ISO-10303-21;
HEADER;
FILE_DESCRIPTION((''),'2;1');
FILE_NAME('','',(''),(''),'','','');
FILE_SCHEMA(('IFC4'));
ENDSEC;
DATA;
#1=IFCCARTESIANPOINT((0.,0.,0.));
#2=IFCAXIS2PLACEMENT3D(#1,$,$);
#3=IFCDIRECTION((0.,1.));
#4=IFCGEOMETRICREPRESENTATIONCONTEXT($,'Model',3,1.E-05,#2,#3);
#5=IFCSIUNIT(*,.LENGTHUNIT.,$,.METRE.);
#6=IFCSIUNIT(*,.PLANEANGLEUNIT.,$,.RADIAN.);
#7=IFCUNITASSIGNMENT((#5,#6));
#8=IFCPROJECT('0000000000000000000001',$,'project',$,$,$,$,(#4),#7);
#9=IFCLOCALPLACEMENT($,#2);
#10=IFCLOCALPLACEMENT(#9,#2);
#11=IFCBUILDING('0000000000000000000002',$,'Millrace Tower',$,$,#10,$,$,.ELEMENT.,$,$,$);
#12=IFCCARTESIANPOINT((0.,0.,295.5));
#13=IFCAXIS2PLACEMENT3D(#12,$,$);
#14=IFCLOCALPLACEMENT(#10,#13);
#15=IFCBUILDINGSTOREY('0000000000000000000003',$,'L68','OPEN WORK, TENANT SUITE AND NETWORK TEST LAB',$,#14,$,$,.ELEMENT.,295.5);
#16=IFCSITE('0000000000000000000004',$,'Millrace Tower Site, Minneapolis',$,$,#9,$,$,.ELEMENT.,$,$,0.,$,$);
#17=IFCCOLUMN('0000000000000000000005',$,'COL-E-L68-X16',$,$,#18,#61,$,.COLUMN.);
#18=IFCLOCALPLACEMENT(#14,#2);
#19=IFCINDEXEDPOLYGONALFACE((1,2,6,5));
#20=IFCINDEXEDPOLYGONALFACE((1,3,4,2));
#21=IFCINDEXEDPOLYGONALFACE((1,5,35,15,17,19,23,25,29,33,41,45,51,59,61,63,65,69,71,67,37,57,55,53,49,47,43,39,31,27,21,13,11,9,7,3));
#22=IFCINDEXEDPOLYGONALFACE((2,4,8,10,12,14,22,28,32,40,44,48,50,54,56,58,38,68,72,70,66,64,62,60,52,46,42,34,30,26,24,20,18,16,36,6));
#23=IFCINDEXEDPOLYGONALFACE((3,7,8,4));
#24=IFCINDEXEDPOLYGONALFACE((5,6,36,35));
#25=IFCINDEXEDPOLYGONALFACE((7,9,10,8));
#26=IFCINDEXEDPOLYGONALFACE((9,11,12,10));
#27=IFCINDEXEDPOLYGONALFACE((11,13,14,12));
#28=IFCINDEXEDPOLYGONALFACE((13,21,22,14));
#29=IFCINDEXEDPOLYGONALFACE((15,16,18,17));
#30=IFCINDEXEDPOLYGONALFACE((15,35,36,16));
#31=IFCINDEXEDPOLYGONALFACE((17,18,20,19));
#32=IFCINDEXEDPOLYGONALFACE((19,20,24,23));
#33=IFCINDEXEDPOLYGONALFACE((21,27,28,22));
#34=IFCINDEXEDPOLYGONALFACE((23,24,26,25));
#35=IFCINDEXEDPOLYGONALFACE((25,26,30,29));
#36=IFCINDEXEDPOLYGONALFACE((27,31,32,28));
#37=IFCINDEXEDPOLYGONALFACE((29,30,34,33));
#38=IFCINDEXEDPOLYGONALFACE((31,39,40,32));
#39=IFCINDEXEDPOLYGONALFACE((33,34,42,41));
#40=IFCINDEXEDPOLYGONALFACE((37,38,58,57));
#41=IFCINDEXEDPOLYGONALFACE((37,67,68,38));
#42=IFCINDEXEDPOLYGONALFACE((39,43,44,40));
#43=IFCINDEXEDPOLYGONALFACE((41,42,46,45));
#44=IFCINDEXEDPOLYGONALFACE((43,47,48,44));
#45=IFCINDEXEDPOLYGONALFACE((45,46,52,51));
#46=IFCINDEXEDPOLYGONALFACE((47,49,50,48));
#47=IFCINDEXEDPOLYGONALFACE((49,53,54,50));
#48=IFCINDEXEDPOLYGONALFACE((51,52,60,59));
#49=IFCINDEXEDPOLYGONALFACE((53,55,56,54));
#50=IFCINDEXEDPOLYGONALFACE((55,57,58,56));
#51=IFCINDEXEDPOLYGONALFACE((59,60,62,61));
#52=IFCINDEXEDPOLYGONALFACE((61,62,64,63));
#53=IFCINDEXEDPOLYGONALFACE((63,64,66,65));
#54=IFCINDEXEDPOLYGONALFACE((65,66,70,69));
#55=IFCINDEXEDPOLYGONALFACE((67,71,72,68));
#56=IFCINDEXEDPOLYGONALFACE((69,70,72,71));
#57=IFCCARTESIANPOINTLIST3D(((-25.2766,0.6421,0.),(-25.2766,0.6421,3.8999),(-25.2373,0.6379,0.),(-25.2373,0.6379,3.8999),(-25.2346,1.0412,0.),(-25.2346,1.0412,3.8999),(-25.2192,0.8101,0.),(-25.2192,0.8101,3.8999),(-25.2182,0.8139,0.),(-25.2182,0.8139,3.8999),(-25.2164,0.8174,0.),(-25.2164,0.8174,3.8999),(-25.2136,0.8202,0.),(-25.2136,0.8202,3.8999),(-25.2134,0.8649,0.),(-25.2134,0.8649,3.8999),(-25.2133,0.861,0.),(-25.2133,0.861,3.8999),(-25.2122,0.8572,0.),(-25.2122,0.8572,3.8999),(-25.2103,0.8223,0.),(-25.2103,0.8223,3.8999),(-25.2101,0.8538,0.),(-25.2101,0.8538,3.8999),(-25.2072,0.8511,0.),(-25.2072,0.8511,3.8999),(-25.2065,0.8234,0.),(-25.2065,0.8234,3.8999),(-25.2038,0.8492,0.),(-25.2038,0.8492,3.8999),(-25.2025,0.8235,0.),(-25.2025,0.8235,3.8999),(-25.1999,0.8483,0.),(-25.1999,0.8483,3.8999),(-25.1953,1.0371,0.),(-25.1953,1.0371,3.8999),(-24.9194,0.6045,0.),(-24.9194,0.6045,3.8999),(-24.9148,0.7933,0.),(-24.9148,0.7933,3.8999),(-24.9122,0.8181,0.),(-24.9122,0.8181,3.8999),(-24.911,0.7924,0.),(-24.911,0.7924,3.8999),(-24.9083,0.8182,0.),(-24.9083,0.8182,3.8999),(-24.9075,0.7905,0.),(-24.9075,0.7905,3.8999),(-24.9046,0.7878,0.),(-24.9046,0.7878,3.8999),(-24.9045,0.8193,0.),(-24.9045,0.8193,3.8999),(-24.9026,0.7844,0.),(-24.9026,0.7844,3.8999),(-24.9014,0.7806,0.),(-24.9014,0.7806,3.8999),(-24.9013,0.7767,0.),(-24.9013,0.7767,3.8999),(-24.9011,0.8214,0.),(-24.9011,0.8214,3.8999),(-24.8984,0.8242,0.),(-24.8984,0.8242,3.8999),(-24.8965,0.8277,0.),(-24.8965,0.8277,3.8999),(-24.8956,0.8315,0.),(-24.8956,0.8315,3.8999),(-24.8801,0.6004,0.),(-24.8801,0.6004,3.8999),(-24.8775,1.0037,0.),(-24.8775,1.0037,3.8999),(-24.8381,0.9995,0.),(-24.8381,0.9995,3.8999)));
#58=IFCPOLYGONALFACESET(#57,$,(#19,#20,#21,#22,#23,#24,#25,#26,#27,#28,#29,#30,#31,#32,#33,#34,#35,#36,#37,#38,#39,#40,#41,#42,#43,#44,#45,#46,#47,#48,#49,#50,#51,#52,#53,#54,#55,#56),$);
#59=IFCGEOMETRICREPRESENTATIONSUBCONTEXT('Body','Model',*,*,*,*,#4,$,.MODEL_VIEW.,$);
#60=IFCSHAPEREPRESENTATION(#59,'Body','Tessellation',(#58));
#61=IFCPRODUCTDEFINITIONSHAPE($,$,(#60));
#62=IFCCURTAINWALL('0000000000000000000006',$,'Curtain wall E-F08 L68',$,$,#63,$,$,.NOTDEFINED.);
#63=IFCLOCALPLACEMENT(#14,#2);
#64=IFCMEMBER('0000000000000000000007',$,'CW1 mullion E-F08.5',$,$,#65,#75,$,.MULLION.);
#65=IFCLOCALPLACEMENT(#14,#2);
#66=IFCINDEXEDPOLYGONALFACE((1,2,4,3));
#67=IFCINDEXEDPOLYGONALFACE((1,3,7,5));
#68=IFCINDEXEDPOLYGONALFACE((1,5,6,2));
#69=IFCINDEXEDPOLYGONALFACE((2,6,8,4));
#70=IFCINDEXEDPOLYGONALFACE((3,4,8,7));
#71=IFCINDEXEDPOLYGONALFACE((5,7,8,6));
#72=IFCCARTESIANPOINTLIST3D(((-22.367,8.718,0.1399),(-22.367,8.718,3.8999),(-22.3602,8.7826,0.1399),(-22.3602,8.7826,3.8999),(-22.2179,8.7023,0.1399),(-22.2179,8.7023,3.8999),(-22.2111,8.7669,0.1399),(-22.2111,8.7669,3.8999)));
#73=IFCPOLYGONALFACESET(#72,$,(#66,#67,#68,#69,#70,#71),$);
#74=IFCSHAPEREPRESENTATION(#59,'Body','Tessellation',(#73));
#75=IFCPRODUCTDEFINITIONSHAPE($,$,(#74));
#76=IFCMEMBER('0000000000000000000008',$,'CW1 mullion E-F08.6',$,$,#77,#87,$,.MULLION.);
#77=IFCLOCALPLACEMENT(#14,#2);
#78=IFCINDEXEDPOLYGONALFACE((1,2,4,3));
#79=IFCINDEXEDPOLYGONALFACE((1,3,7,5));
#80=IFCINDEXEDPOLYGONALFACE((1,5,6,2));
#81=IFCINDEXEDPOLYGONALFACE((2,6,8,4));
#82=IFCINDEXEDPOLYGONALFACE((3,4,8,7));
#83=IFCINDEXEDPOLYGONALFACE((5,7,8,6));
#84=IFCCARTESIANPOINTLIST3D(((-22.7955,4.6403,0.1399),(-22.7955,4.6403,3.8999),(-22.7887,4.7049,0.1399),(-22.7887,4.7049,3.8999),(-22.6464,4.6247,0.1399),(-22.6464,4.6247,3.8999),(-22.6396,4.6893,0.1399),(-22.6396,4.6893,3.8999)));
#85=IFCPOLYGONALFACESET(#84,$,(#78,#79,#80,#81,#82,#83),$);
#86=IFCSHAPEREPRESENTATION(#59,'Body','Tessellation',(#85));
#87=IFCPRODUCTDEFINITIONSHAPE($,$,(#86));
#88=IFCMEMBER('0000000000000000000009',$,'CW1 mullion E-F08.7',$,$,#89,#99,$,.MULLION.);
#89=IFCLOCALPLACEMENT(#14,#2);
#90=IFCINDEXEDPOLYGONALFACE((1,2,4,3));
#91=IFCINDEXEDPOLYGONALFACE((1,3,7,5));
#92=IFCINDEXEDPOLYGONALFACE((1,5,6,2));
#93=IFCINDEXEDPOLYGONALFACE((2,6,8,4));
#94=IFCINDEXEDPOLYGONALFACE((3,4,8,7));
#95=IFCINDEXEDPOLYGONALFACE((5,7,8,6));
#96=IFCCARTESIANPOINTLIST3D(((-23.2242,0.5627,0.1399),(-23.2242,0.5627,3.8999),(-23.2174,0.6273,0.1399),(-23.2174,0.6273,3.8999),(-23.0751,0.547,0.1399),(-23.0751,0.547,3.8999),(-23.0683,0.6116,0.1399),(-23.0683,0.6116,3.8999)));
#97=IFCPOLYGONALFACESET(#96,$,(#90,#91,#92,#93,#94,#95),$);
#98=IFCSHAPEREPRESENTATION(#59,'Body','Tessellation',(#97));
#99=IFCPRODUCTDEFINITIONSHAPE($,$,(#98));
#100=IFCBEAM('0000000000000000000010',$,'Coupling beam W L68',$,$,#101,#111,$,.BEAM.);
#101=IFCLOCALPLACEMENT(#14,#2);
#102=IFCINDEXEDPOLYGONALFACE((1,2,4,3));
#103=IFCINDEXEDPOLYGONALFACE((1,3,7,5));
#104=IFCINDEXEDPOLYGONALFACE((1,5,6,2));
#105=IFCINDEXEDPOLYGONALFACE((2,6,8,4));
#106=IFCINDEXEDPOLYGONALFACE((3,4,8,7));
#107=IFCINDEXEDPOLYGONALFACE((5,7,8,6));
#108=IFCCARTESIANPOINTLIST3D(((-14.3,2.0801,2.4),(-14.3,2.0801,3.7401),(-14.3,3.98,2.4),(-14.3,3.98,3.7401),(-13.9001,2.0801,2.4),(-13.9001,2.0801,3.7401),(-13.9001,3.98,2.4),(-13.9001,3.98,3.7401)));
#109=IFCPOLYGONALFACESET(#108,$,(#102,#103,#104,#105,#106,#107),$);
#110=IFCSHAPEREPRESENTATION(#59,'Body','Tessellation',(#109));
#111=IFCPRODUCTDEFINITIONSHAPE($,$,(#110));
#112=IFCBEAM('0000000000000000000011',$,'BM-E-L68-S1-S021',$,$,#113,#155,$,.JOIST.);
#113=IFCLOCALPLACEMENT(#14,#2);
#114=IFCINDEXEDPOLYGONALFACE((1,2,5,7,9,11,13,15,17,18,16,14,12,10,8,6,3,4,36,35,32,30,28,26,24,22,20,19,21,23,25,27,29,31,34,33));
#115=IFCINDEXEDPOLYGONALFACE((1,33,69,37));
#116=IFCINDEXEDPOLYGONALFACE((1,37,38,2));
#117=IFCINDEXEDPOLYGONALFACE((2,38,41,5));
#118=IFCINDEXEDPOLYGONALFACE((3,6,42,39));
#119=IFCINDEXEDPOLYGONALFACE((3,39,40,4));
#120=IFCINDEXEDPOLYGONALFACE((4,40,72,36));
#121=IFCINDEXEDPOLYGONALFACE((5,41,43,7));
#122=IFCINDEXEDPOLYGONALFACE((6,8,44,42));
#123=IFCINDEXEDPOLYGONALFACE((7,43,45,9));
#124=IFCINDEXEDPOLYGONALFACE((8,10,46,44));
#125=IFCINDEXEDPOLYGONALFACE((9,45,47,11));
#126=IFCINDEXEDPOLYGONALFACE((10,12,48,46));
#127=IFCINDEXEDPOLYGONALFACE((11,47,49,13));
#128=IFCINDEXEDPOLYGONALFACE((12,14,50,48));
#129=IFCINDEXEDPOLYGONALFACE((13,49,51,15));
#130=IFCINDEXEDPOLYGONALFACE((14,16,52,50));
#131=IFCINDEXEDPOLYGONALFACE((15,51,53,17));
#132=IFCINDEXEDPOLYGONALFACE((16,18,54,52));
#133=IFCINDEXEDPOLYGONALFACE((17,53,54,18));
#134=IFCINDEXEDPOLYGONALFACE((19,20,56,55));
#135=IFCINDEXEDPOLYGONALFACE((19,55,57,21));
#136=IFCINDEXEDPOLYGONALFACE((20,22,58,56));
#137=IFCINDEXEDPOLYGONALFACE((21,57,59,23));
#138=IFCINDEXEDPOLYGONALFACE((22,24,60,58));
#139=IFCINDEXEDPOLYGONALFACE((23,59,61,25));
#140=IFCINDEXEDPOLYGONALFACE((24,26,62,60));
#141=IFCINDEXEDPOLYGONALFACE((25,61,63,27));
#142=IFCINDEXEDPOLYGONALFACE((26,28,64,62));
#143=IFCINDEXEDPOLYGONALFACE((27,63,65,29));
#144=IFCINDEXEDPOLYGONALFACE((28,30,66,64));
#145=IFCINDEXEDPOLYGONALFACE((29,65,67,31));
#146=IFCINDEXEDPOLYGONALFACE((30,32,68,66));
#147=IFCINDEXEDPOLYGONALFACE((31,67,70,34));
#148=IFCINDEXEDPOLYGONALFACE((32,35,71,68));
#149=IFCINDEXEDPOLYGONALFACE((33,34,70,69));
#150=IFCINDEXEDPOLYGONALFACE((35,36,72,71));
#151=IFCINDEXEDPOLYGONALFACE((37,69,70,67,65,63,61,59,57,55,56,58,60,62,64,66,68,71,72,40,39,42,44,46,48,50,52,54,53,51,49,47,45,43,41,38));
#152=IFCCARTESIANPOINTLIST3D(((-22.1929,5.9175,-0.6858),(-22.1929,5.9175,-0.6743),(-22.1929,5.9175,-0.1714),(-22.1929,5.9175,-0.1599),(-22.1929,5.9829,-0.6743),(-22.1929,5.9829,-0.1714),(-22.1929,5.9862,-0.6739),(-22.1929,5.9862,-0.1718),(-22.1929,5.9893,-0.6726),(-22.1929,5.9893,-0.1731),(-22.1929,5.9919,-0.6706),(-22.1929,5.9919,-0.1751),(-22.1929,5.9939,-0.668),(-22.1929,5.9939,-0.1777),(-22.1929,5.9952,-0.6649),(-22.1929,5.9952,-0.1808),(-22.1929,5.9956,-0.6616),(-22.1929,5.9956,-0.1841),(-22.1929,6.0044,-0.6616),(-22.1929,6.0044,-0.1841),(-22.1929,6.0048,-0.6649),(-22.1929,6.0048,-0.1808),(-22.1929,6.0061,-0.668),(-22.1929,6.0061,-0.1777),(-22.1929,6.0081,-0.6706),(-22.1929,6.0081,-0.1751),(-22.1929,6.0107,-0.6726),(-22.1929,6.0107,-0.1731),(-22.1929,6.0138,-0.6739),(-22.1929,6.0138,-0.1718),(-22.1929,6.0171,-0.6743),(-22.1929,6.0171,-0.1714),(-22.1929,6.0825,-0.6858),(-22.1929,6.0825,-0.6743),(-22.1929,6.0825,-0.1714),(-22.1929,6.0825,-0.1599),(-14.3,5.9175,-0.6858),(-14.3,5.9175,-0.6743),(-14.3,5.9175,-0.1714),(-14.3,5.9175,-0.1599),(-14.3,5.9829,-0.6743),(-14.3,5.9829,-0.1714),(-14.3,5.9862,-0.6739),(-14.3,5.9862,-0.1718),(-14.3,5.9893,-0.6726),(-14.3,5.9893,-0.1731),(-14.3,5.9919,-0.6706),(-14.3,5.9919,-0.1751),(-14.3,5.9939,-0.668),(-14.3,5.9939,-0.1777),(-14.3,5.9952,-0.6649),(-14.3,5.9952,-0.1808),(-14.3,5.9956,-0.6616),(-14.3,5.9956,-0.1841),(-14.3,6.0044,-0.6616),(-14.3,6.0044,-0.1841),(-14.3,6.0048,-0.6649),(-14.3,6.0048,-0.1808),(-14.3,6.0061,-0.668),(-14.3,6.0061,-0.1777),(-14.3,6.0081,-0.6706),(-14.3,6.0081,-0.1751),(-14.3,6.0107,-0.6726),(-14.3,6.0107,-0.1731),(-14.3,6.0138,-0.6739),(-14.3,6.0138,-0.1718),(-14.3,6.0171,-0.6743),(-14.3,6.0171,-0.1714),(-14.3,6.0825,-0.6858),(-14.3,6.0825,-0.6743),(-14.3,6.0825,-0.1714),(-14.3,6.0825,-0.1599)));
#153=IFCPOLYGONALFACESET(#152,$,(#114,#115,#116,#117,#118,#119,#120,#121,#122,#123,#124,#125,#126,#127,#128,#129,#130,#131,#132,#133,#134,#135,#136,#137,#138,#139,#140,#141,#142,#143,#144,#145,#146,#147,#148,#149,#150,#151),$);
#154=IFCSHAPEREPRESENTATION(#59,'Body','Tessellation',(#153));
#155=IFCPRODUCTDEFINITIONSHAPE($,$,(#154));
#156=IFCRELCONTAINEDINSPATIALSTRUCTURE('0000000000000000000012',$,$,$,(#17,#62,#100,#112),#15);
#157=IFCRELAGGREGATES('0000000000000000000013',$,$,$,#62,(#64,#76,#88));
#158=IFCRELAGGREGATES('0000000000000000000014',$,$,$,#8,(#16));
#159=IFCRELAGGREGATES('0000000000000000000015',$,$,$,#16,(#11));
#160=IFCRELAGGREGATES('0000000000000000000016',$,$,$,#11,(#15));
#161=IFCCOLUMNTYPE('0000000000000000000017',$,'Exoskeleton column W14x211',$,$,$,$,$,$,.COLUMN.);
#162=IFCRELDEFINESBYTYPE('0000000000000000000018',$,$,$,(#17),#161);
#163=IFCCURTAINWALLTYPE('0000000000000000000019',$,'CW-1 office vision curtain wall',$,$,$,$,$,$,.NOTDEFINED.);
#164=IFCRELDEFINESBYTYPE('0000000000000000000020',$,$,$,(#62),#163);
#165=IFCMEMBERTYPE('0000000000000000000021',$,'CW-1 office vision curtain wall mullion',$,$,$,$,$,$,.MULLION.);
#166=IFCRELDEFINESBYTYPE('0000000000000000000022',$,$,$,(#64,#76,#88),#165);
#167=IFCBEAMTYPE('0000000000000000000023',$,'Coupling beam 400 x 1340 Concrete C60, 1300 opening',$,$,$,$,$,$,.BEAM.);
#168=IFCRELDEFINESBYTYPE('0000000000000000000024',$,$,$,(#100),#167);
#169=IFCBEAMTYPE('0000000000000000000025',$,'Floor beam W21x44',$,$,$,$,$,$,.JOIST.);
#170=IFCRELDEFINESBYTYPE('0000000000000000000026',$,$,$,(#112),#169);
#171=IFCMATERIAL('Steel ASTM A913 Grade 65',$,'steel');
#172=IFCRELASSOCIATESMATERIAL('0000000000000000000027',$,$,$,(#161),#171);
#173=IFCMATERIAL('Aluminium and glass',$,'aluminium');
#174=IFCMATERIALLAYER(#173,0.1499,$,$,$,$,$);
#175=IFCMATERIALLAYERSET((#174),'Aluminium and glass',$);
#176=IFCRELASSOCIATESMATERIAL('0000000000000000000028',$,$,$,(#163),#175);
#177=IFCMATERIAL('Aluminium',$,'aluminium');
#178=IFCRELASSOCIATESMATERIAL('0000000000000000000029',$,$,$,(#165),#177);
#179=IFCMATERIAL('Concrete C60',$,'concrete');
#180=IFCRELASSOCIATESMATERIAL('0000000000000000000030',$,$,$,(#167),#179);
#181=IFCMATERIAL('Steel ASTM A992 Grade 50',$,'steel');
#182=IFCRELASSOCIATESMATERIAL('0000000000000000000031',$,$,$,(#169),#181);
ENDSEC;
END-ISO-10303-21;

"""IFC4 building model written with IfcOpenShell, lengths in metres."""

from ifc_helpers import new_model, si_unit, direction, frame, origin, origin_2d, place, context, subcontext, project, spatial, rectangle, i_section, extrude, material, layer, layer_set, material_profile, profile_set, type_object, element, aggregate, save


model = new_model("IFC4")

# Units and contexts
model_context = context("Model", 3, precision=1e-05, world=origin(), true_north=direction((0.0, 1.0)))
body_context = subcontext(model_context, "Body", "Model", "MODEL_VIEW")
ifc_project = project(units=[si_unit("LENGTHUNIT", "METRE"), si_unit("PLANEANGLEUNIT", "RADIAN")], contexts=[model_context])

# Site, building, storey
site_placement = place(None, origin())
site = spatial("IfcSite", under=ifc_project, at=site_placement, Name="Millrace Tower Site, Minneapolis", CompositionType="ELEMENT", RefElevation=0.0)
building_placement = place(site_placement, origin())
building = spatial("IfcBuilding", under=site, at=building_placement, Name="Millrace Tower", CompositionType="ELEMENT")
storey_placement = place(building_placement, frame((0.0, 0.0, 295.5)))
storey = spatial("IfcBuildingStorey", under=building, at=storey_placement, Name="L68", Description="OPEN WORK, TENANT SUITE AND NETWORK TEST LAB", CompositionType="ELEMENT", Elevation=295.5)

# Column
ifc_material_1 = material(Name="Steel ASTM A913 Grade 65", Category="steel")
ifc_material_profile_1 = material_profile(ifc_material_1, i_section(OverallWidth=0.4014, OverallDepth=0.3987, WebThickness=0.0249, FlangeThickness=0.0396, FilletRadius=0.0151, at=origin_2d()))
ifc_profile_set_1 = profile_set([ifc_material_profile_1], Name="Steel ASTM A913 Grade 65")
column_type = type_object("IfcColumnType", Name="Exoskeleton column W14x211", PredefinedType="COLUMN", material=ifc_profile_set_1)
column_placement = place(storey_placement, frame((-25.0574, 0.8208, 0.0), z_axis=(0.0, 0.0, 1.0), x_axis=(-0.104528, -0.994522, 0.0)))
element("IfcColumn", 1, at=column_placement, inside=storey, type_object=column_type, Name="COL-E-L68-X16", PredefinedType="COLUMN", context=body_context, shape_type="SweptSolid", body=[
    extrude(i_section(OverallWidth=0.4014, OverallDepth=0.3987, WebThickness=0.0249, FlangeThickness=0.0396, FilletRadius=0.0151, at=origin_2d()), origin(), (0.0, 0.0, 1.0), 3.8999),
])

# Curtain wall, members
ifc_material_2 = material(Name="Aluminium and glass", Category="aluminium")
ifc_layer_1 = layer(ifc_material_2, 0.1499)
ifc_layer_set_1 = layer_set([ifc_layer_1], Name="Aluminium and glass")
curtain_wall_type = type_object("IfcCurtainWallType", Name="CW-1 office vision curtain wall", PredefinedType="NOTDEFINED", material=ifc_layer_set_1)
placement = place(storey_placement, origin())
curtain_wall = element("IfcCurtainWall", 2, at=placement, inside=storey, type_object=curtain_wall_type, Name="Curtain wall E-F08 L68", PredefinedType="NOTDEFINED")
ifc_material_3 = material(Name="Aluminium", Category="aluminium")
ifc_material_profile_2 = material_profile(ifc_material_3, rectangle(XDim=0.0649, YDim=0.1499, at=origin_2d()))
ifc_profile_set_2 = profile_set([ifc_material_profile_2], Name="Aluminium")
member_type = type_object("IfcMemberType", Name="CW-1 office vision curtain wall mullion", PredefinedType="MULLION", material=ifc_profile_set_2)
member_1_placement = place(storey_placement, frame((-22.2891, 8.7424, 0.1399), z_axis=(0.0, 0.0, 1.0), x_axis=(-0.104528, -0.994522, 0.0)))
member_1 = element("IfcMember", 3, at=member_1_placement, type_object=member_type, Name="CW1 mullion E-F08.5", PredefinedType="MULLION", context=body_context, shape_type="SweptSolid", body=[
    extrude(rectangle(XDim=0.0649, YDim=0.1499, at=origin_2d()), origin(), (0.0, 0.0, 1.0), 3.76),
])
member_2_placement = place(storey_placement, frame((-22.7175, 4.6648, 0.1399), z_axis=(0.0, 0.0, 1.0), x_axis=(-0.104528, -0.994522, 0.0)))
member_2 = element("IfcMember", 4, at=member_2_placement, type_object=member_type, Name="CW1 mullion E-F08.6", PredefinedType="MULLION", context=body_context, shape_type="SweptSolid", body=[
    extrude(rectangle(XDim=0.0649, YDim=0.1499, at=origin_2d()), origin(), (0.0, 0.0, 1.0), 3.76),
])
member_3_placement = place(storey_placement, frame((-23.1462, 0.5872, 0.1399), z_axis=(0.0, 0.0, 1.0), x_axis=(-0.104528, -0.994522, 0.0)))
member_3 = element("IfcMember", 5, at=member_3_placement, type_object=member_type, Name="CW1 mullion E-F08.7", PredefinedType="MULLION", context=body_context, shape_type="SweptSolid", body=[
    extrude(rectangle(XDim=0.0649, YDim=0.1499, at=origin_2d()), origin(), (0.0, 0.0, 1.0), 3.76),
])
aggregate(curtain_wall, [member_1, member_2, member_3])

# Beams
ifc_material_4 = material(Name="Concrete C60", Category="concrete")
ifc_material_profile_3 = material_profile(ifc_material_4, rectangle(XDim=0.3999, YDim=1.3401, at=origin_2d()))
ifc_profile_set_3 = profile_set([ifc_material_profile_3], Name="Concrete C60")
beam_type_1 = type_object("IfcBeamType", Name="Coupling beam 400 x 1340 Concrete C60, 1300 opening", PredefinedType="BEAM", material=ifc_profile_set_3)
beam_1_placement = place(storey_placement, frame((-14.1001, 2.0801, 3.0701), z_axis=(0.0, 1.0, 0.0), x_axis=(-1.0, 0.0, 0.0)))
element("IfcBeam", 6, at=beam_1_placement, inside=storey, type_object=beam_type_1, Name="Coupling beam W L68", PredefinedType="BEAM", context=body_context, shape_type="SweptSolid", body=[
    extrude(rectangle(XDim=0.3999, YDim=1.3401, at=origin_2d()), origin(), (0.0, 0.0, 1.0), 1.8999),
])
ifc_material_5 = material(Name="Steel ASTM A992 Grade 50", Category="steel")
ifc_material_profile_4 = material_profile(ifc_material_5, i_section(OverallWidth=0.165, OverallDepth=0.5259, WebThickness=0.0088, FlangeThickness=0.0115, FilletRadius=0.0127, at=origin_2d()))
ifc_profile_set_4 = profile_set([ifc_material_profile_4], Name="Steel ASTM A992 Grade 50")
beam_type_2 = type_object("IfcBeamType", Name="Floor beam W21x44", PredefinedType="JOIST", material=ifc_profile_set_4)
beam_2_placement = place(storey_placement, frame((-22.1929, 6.0, -0.4229), z_axis=(1.0, 0.0, 0.0), x_axis=(0.0, 1.0, 0.0)))
element("IfcBeam", 7, at=beam_2_placement, inside=storey, type_object=beam_type_2, Name="BM-E-L68-S1-S021", PredefinedType="JOIST", context=body_context, shape_type="SweptSolid", body=[
    extrude(i_section(OverallWidth=0.165, OverallDepth=0.5259, WebThickness=0.0088, FlangeThickness=0.0115, FilletRadius=0.0127, at=origin_2d()), origin(), (0.0, 0.0, 1.0), 7.8928),
])

save(model, "model.ifc")
